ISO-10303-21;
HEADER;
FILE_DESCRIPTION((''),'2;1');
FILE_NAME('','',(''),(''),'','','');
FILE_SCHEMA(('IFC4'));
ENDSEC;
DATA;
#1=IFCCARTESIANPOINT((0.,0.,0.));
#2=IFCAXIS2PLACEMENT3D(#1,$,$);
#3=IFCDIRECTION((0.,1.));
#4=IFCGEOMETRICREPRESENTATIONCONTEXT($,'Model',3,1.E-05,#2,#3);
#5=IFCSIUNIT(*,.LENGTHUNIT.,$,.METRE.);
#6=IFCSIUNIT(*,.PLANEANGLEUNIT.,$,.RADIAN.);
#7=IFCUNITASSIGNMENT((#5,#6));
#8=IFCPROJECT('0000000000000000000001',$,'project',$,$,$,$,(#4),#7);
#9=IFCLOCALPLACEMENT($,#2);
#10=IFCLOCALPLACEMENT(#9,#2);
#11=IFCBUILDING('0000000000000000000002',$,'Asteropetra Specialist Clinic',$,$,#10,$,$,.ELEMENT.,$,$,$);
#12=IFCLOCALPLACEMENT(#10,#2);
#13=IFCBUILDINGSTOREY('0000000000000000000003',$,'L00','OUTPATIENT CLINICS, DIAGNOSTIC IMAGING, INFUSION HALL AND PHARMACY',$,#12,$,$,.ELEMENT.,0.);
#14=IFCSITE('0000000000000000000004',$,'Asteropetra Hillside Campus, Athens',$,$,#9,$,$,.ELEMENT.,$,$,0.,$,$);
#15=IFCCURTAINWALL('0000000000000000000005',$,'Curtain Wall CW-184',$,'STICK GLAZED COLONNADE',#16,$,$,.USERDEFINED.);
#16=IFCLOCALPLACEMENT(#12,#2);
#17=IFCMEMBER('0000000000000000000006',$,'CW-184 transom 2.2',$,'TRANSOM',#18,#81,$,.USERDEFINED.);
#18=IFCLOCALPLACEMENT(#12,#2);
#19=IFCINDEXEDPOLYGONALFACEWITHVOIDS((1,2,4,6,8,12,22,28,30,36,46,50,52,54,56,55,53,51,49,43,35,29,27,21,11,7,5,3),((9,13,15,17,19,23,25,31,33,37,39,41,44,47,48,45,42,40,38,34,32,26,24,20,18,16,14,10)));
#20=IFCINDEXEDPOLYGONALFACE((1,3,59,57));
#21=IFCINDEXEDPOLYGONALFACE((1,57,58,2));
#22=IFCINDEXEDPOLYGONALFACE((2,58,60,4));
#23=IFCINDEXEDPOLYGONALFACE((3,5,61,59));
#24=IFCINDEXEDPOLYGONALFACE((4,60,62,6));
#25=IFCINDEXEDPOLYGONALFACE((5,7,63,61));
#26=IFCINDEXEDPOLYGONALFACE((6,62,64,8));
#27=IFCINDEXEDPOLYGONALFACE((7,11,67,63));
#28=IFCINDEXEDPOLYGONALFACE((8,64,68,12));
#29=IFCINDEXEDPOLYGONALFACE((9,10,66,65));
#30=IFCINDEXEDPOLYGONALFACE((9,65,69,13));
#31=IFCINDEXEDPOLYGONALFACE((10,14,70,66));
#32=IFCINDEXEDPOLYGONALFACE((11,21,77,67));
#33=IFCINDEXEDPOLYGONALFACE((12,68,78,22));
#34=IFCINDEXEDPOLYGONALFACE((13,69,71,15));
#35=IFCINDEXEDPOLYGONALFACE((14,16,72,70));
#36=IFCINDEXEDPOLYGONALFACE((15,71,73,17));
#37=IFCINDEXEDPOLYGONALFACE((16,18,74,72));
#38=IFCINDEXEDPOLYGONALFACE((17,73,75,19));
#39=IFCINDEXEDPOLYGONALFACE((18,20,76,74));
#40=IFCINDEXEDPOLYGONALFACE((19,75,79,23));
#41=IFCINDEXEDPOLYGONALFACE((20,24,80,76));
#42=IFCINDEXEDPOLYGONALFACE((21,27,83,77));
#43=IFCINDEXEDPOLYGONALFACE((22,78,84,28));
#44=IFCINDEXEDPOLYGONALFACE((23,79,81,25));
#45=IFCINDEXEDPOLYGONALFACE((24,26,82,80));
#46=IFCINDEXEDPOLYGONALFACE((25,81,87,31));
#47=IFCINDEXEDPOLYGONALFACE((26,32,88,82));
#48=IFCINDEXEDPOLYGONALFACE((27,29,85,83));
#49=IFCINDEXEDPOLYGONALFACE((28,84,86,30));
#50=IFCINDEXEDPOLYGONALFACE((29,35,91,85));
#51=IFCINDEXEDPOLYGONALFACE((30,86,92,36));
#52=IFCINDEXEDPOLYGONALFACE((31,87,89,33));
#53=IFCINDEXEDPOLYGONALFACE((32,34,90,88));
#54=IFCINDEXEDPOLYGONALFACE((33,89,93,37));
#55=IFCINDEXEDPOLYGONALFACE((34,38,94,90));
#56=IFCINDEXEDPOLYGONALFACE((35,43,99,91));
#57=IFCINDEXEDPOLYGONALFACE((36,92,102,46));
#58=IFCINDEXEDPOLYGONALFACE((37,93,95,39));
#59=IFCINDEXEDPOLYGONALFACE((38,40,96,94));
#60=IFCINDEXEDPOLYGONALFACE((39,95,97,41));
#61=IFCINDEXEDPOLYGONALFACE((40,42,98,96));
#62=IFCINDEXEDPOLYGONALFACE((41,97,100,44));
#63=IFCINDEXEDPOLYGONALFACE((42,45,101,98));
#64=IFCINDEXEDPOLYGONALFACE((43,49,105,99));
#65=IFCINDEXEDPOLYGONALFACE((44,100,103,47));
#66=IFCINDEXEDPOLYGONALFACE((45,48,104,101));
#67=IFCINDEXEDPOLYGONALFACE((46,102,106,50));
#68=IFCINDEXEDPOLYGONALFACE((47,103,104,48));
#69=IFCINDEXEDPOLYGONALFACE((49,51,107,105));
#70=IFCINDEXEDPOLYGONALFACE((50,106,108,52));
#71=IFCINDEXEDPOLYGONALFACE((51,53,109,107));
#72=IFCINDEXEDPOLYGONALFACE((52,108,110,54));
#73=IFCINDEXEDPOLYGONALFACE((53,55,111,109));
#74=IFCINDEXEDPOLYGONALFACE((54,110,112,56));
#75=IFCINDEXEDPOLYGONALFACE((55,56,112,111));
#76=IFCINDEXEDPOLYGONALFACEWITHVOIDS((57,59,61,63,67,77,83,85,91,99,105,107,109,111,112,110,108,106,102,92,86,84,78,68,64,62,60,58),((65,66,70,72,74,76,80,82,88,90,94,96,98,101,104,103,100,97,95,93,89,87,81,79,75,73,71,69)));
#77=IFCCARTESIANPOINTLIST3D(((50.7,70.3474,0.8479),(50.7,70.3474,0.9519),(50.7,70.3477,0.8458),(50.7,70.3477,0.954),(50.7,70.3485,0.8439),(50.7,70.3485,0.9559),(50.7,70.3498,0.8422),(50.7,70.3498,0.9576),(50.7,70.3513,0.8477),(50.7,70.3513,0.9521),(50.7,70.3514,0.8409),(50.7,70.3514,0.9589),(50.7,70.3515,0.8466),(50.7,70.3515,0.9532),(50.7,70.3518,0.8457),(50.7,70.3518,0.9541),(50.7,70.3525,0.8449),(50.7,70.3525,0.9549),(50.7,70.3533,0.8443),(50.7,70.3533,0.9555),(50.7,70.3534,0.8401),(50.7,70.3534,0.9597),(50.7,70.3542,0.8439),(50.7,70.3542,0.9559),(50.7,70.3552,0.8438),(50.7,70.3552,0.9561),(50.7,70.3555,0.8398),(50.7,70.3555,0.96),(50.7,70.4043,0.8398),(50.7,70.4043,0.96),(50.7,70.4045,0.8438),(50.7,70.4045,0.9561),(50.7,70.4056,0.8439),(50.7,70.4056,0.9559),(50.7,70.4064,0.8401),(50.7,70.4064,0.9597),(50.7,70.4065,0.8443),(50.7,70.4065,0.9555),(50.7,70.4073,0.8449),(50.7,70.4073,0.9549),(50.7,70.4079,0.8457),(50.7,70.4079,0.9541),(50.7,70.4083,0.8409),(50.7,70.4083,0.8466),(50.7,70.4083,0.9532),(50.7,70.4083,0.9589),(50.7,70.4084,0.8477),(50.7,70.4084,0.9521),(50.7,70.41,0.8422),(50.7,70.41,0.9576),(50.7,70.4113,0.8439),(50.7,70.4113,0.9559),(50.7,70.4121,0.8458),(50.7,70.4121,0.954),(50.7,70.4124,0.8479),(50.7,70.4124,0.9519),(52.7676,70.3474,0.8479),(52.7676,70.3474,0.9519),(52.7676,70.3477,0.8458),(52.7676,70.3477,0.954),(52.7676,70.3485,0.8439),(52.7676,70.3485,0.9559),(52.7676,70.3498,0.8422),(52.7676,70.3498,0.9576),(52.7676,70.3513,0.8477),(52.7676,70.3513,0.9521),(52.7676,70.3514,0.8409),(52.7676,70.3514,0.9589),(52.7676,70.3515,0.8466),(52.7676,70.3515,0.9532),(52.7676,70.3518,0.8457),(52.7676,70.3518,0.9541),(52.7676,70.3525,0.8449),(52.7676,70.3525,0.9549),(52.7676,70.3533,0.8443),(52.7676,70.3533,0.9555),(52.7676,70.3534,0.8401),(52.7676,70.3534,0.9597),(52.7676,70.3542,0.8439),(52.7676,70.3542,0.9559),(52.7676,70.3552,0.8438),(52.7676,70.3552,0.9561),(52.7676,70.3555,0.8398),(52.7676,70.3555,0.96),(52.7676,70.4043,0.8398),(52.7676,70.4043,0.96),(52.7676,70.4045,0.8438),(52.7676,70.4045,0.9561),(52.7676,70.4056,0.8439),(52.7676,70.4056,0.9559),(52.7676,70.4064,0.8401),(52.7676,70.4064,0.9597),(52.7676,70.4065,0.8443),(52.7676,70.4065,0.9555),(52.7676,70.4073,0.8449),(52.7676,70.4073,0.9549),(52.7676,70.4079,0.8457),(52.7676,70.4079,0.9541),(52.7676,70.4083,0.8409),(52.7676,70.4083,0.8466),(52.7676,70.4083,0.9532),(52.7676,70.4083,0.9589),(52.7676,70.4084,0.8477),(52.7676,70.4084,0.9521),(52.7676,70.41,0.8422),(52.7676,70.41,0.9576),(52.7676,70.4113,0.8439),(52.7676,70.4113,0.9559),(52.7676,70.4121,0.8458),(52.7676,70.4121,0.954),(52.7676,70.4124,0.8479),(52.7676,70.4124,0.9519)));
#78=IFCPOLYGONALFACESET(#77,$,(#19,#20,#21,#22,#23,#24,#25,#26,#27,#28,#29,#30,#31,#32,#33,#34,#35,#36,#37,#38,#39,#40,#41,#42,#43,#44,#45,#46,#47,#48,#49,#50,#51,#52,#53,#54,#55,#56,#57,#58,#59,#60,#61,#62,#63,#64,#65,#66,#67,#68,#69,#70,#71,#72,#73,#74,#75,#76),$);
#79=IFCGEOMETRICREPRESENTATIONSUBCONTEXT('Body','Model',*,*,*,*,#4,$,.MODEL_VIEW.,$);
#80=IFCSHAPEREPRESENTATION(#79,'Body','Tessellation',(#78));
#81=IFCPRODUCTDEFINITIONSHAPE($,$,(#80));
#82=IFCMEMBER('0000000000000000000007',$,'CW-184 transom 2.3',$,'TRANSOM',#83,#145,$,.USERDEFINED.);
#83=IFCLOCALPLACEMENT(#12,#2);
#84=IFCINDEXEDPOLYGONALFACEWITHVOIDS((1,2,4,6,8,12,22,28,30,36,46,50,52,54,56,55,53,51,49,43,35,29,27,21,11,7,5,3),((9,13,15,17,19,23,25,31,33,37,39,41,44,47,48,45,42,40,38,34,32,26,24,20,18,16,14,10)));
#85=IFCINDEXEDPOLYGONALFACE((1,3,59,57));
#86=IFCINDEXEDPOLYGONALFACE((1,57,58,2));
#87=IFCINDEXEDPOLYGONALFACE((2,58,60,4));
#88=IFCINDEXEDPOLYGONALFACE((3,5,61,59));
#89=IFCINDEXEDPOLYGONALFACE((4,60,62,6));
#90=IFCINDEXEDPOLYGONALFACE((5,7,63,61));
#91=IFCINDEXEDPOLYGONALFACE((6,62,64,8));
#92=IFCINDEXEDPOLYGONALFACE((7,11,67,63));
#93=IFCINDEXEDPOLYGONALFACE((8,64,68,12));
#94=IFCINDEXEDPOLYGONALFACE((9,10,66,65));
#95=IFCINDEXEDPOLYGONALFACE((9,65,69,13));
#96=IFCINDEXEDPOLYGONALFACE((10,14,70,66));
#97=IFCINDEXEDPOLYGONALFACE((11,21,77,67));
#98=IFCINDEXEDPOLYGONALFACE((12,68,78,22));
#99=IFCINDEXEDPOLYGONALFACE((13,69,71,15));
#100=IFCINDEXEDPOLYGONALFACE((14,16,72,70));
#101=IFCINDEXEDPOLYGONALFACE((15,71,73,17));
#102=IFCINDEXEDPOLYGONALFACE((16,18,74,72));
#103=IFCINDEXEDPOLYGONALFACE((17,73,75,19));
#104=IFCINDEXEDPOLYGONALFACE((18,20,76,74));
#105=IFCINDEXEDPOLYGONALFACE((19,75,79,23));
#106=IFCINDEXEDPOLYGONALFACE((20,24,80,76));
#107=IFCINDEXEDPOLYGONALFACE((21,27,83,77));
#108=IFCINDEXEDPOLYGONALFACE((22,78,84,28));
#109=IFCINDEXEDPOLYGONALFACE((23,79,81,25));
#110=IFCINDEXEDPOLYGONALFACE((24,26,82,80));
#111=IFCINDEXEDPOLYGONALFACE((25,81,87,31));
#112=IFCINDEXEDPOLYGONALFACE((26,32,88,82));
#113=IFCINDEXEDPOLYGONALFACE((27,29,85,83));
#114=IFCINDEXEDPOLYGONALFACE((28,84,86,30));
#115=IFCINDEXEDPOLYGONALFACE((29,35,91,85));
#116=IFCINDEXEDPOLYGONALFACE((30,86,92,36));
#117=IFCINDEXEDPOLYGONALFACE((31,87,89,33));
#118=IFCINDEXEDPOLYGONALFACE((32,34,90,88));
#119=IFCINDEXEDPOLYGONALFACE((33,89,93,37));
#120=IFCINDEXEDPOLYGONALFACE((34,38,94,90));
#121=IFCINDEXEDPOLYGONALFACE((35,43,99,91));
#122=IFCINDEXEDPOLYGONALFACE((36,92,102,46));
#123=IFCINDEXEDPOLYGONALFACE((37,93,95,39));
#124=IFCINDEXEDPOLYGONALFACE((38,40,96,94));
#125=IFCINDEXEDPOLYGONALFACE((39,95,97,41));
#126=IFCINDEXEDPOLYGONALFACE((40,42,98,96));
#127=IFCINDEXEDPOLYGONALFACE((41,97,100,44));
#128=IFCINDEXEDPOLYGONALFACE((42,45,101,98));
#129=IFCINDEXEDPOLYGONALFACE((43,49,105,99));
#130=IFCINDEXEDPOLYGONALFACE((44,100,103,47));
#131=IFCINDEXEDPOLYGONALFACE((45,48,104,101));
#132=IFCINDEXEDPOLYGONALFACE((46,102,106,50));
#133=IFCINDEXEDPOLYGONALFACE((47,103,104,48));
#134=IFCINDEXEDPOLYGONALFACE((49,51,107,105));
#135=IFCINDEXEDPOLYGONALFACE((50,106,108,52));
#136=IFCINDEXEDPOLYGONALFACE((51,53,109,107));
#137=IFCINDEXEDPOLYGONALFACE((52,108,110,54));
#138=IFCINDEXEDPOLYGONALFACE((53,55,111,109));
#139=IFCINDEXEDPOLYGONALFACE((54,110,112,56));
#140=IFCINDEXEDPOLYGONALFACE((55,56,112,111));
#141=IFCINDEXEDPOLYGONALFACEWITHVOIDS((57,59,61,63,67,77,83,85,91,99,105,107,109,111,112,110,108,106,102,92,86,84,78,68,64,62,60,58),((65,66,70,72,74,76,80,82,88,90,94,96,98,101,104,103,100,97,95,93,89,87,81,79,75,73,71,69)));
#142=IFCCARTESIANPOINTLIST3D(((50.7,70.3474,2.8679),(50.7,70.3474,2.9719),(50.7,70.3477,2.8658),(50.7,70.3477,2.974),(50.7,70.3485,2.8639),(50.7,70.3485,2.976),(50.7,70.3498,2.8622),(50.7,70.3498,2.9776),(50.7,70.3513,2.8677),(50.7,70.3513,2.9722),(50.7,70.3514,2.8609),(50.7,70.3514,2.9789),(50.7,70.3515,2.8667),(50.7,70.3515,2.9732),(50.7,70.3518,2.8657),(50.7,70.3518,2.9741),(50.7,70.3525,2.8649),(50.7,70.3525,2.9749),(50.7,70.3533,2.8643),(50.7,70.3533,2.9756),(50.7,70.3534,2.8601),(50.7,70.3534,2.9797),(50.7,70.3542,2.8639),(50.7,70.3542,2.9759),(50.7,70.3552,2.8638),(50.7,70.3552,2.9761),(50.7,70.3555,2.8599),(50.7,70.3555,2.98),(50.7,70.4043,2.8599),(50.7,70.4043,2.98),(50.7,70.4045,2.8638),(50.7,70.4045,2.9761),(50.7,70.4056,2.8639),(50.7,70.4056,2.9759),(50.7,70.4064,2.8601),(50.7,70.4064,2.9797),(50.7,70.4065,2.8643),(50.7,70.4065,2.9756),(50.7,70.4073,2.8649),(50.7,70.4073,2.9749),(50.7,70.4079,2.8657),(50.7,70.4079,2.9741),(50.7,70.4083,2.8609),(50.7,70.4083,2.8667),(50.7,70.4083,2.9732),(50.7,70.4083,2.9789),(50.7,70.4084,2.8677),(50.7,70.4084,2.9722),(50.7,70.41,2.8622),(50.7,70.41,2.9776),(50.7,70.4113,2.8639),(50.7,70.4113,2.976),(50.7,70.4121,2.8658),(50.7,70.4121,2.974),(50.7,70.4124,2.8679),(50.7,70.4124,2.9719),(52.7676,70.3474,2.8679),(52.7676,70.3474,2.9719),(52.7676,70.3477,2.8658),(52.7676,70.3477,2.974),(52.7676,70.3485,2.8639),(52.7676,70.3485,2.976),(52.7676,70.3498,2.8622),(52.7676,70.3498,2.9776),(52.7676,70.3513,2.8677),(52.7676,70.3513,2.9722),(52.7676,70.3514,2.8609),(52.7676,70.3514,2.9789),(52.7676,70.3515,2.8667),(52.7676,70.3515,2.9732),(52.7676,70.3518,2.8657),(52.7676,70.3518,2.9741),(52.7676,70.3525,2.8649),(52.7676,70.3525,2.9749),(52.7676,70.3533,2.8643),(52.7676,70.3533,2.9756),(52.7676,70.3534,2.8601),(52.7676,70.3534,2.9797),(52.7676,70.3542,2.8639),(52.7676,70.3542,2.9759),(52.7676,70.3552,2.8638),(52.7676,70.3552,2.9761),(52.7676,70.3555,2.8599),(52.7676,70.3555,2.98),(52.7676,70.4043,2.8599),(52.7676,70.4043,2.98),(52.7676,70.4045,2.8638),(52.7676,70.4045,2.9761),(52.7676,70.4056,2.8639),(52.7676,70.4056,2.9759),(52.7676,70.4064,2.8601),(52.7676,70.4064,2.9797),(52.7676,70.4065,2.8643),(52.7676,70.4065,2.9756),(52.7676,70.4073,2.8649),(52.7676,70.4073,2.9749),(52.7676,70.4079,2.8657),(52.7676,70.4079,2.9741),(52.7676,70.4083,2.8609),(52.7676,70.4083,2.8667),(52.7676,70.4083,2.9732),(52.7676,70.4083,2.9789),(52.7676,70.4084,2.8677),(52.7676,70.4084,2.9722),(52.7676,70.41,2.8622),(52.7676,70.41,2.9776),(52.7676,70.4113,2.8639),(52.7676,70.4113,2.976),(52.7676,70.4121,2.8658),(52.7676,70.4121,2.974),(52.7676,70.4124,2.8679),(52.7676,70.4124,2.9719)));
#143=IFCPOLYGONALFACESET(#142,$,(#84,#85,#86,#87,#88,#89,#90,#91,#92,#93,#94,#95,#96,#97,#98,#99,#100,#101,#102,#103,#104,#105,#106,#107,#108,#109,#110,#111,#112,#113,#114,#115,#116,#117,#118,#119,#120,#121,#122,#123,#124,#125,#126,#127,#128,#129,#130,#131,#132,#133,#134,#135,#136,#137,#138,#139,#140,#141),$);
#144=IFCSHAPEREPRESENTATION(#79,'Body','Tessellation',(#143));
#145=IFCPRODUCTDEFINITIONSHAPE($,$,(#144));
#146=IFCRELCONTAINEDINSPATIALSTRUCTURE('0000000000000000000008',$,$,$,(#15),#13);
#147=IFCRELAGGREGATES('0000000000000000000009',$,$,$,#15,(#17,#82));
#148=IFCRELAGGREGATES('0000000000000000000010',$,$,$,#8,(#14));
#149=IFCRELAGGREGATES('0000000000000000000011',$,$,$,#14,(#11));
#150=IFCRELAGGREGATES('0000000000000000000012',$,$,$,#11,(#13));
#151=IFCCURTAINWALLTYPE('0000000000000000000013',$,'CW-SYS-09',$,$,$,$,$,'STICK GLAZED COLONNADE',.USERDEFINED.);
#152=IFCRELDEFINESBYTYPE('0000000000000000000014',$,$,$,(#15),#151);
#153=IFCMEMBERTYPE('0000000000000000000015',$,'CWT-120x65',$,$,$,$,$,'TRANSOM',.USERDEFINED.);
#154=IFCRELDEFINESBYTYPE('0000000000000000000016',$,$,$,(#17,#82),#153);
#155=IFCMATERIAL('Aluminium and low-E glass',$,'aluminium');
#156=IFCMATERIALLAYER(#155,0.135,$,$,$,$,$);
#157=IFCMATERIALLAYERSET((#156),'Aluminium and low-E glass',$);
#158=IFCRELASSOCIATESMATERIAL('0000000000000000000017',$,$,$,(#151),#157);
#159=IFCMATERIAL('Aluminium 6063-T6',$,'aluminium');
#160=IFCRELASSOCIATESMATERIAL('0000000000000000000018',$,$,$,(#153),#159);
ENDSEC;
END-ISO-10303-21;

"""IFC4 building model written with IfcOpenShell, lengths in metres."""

from ifc_helpers import new_model, si_unit, direction, frame, origin, origin_2d, place, context, subcontext, project, spatial, hollow_rectangle, extrude, material, layer, layer_set, material_profile, profile_set, type_object, element, aggregate, save


model = new_model("IFC4")

# Units and contexts
model_context = context("Model", 3, precision=1e-05, world=origin(), true_north=direction((0.0, 1.0)))
body_context = subcontext(model_context, "Body", "Model", "MODEL_VIEW")
ifc_project = project(units=[si_unit("LENGTHUNIT", "METRE"), si_unit("PLANEANGLEUNIT", "RADIAN")], contexts=[model_context])

# Site, building, storey
site_placement = place(None, origin())
site = spatial("IfcSite", under=ifc_project, at=site_placement, Name="Asteropetra Hillside Campus, Athens", CompositionType="ELEMENT", RefElevation=0.0)
building_placement = place(site_placement, origin())
building = spatial("IfcBuilding", under=site, at=building_placement, Name="Asteropetra Specialist Clinic", CompositionType="ELEMENT")
storey_placement = place(building_placement, origin())
storey = spatial("IfcBuildingStorey", under=building, at=storey_placement, Name="L00", Description="OUTPATIENT CLINICS, DIAGNOSTIC IMAGING, INFUSION HALL AND PHARMACY", CompositionType="ELEMENT", Elevation=0.0)

# Curtain wall
ifc_material_1 = material(Name="Aluminium and low-E glass", Category="aluminium")
ifc_layer_1 = layer(ifc_material_1, 0.135)
ifc_layer_set_1 = layer_set([ifc_layer_1], Name="Aluminium and low-E glass")
curtain_wall_type_1 = type_object("IfcCurtainWallType", Name="CW-SYS-09", ElementType="STICK GLAZED COLONNADE", PredefinedType="USERDEFINED", material=ifc_layer_set_1)
curtain_wall_1_placement = place(storey_placement, origin())
curtain_wall_1 = element("IfcCurtainWall", 1, at=curtain_wall_1_placement, inside=storey, type_object=curtain_wall_type_1, Name="Curtain Wall CW-184", ObjectType="STICK GLAZED COLONNADE", PredefinedType="USERDEFINED")

# Members
ifc_material_2 = material(Name="Aluminium 6063-T6", Category="aluminium")
ifc_material_profile_1 = material_profile(ifc_material_2, hollow_rectangle(XDim=0.0649, YDim=0.1201, WallThickness=0.0039, InnerFilletRadius=0.0039, OuterFilletRadius=0.0081, at=origin_2d()), Name="TRN 120x65x4.0")
ifc_profile_set_1 = profile_set([ifc_material_profile_1], Name="Aluminium 6063-T6")
member_type_1 = type_object("IfcMemberType", Name="CWT-120x65", ElementType="TRANSOM", PredefinedType="USERDEFINED", material=ifc_profile_set_1)
member_1_placement = place(storey_placement, frame((50.7, 70.3799, 0.8999), z_axis=(1.0, 0.0, 0.0), x_axis=(0.0, 1.0, 0.0)))
member_1 = element("IfcMember", 2, at=member_1_placement, type_object=member_type_1, Name="CW-184 transom 2.2", ObjectType="TRANSOM", PredefinedType="USERDEFINED", context=body_context, shape_type="SweptSolid", body=[
    extrude(hollow_rectangle(XDim=0.0649, YDim=0.1201, WallThickness=0.0039, InnerFilletRadius=0.0039, OuterFilletRadius=0.0081, at=origin_2d()), origin(), (0.0, 0.0, 1.0), 2.0676),
])
member_2_placement = place(storey_placement, frame((50.7, 70.3799, 2.9199), z_axis=(1.0, 0.0, 0.0), x_axis=(0.0, 1.0, 0.0)))
member_2 = element("IfcMember", 3, at=member_2_placement, type_object=member_type_1, Name="CW-184 transom 2.3", ObjectType="TRANSOM", PredefinedType="USERDEFINED", context=body_context, shape_type="SweptSolid", body=[
    extrude(hollow_rectangle(XDim=0.0649, YDim=0.1201, WallThickness=0.0039, InnerFilletRadius=0.0039, OuterFilletRadius=0.0081, at=origin_2d()), origin(), (0.0, 0.0, 1.0), 2.0676),
])

aggregate(curtain_wall_1, [member_1, member_2])

save(model, "model.ifc")
